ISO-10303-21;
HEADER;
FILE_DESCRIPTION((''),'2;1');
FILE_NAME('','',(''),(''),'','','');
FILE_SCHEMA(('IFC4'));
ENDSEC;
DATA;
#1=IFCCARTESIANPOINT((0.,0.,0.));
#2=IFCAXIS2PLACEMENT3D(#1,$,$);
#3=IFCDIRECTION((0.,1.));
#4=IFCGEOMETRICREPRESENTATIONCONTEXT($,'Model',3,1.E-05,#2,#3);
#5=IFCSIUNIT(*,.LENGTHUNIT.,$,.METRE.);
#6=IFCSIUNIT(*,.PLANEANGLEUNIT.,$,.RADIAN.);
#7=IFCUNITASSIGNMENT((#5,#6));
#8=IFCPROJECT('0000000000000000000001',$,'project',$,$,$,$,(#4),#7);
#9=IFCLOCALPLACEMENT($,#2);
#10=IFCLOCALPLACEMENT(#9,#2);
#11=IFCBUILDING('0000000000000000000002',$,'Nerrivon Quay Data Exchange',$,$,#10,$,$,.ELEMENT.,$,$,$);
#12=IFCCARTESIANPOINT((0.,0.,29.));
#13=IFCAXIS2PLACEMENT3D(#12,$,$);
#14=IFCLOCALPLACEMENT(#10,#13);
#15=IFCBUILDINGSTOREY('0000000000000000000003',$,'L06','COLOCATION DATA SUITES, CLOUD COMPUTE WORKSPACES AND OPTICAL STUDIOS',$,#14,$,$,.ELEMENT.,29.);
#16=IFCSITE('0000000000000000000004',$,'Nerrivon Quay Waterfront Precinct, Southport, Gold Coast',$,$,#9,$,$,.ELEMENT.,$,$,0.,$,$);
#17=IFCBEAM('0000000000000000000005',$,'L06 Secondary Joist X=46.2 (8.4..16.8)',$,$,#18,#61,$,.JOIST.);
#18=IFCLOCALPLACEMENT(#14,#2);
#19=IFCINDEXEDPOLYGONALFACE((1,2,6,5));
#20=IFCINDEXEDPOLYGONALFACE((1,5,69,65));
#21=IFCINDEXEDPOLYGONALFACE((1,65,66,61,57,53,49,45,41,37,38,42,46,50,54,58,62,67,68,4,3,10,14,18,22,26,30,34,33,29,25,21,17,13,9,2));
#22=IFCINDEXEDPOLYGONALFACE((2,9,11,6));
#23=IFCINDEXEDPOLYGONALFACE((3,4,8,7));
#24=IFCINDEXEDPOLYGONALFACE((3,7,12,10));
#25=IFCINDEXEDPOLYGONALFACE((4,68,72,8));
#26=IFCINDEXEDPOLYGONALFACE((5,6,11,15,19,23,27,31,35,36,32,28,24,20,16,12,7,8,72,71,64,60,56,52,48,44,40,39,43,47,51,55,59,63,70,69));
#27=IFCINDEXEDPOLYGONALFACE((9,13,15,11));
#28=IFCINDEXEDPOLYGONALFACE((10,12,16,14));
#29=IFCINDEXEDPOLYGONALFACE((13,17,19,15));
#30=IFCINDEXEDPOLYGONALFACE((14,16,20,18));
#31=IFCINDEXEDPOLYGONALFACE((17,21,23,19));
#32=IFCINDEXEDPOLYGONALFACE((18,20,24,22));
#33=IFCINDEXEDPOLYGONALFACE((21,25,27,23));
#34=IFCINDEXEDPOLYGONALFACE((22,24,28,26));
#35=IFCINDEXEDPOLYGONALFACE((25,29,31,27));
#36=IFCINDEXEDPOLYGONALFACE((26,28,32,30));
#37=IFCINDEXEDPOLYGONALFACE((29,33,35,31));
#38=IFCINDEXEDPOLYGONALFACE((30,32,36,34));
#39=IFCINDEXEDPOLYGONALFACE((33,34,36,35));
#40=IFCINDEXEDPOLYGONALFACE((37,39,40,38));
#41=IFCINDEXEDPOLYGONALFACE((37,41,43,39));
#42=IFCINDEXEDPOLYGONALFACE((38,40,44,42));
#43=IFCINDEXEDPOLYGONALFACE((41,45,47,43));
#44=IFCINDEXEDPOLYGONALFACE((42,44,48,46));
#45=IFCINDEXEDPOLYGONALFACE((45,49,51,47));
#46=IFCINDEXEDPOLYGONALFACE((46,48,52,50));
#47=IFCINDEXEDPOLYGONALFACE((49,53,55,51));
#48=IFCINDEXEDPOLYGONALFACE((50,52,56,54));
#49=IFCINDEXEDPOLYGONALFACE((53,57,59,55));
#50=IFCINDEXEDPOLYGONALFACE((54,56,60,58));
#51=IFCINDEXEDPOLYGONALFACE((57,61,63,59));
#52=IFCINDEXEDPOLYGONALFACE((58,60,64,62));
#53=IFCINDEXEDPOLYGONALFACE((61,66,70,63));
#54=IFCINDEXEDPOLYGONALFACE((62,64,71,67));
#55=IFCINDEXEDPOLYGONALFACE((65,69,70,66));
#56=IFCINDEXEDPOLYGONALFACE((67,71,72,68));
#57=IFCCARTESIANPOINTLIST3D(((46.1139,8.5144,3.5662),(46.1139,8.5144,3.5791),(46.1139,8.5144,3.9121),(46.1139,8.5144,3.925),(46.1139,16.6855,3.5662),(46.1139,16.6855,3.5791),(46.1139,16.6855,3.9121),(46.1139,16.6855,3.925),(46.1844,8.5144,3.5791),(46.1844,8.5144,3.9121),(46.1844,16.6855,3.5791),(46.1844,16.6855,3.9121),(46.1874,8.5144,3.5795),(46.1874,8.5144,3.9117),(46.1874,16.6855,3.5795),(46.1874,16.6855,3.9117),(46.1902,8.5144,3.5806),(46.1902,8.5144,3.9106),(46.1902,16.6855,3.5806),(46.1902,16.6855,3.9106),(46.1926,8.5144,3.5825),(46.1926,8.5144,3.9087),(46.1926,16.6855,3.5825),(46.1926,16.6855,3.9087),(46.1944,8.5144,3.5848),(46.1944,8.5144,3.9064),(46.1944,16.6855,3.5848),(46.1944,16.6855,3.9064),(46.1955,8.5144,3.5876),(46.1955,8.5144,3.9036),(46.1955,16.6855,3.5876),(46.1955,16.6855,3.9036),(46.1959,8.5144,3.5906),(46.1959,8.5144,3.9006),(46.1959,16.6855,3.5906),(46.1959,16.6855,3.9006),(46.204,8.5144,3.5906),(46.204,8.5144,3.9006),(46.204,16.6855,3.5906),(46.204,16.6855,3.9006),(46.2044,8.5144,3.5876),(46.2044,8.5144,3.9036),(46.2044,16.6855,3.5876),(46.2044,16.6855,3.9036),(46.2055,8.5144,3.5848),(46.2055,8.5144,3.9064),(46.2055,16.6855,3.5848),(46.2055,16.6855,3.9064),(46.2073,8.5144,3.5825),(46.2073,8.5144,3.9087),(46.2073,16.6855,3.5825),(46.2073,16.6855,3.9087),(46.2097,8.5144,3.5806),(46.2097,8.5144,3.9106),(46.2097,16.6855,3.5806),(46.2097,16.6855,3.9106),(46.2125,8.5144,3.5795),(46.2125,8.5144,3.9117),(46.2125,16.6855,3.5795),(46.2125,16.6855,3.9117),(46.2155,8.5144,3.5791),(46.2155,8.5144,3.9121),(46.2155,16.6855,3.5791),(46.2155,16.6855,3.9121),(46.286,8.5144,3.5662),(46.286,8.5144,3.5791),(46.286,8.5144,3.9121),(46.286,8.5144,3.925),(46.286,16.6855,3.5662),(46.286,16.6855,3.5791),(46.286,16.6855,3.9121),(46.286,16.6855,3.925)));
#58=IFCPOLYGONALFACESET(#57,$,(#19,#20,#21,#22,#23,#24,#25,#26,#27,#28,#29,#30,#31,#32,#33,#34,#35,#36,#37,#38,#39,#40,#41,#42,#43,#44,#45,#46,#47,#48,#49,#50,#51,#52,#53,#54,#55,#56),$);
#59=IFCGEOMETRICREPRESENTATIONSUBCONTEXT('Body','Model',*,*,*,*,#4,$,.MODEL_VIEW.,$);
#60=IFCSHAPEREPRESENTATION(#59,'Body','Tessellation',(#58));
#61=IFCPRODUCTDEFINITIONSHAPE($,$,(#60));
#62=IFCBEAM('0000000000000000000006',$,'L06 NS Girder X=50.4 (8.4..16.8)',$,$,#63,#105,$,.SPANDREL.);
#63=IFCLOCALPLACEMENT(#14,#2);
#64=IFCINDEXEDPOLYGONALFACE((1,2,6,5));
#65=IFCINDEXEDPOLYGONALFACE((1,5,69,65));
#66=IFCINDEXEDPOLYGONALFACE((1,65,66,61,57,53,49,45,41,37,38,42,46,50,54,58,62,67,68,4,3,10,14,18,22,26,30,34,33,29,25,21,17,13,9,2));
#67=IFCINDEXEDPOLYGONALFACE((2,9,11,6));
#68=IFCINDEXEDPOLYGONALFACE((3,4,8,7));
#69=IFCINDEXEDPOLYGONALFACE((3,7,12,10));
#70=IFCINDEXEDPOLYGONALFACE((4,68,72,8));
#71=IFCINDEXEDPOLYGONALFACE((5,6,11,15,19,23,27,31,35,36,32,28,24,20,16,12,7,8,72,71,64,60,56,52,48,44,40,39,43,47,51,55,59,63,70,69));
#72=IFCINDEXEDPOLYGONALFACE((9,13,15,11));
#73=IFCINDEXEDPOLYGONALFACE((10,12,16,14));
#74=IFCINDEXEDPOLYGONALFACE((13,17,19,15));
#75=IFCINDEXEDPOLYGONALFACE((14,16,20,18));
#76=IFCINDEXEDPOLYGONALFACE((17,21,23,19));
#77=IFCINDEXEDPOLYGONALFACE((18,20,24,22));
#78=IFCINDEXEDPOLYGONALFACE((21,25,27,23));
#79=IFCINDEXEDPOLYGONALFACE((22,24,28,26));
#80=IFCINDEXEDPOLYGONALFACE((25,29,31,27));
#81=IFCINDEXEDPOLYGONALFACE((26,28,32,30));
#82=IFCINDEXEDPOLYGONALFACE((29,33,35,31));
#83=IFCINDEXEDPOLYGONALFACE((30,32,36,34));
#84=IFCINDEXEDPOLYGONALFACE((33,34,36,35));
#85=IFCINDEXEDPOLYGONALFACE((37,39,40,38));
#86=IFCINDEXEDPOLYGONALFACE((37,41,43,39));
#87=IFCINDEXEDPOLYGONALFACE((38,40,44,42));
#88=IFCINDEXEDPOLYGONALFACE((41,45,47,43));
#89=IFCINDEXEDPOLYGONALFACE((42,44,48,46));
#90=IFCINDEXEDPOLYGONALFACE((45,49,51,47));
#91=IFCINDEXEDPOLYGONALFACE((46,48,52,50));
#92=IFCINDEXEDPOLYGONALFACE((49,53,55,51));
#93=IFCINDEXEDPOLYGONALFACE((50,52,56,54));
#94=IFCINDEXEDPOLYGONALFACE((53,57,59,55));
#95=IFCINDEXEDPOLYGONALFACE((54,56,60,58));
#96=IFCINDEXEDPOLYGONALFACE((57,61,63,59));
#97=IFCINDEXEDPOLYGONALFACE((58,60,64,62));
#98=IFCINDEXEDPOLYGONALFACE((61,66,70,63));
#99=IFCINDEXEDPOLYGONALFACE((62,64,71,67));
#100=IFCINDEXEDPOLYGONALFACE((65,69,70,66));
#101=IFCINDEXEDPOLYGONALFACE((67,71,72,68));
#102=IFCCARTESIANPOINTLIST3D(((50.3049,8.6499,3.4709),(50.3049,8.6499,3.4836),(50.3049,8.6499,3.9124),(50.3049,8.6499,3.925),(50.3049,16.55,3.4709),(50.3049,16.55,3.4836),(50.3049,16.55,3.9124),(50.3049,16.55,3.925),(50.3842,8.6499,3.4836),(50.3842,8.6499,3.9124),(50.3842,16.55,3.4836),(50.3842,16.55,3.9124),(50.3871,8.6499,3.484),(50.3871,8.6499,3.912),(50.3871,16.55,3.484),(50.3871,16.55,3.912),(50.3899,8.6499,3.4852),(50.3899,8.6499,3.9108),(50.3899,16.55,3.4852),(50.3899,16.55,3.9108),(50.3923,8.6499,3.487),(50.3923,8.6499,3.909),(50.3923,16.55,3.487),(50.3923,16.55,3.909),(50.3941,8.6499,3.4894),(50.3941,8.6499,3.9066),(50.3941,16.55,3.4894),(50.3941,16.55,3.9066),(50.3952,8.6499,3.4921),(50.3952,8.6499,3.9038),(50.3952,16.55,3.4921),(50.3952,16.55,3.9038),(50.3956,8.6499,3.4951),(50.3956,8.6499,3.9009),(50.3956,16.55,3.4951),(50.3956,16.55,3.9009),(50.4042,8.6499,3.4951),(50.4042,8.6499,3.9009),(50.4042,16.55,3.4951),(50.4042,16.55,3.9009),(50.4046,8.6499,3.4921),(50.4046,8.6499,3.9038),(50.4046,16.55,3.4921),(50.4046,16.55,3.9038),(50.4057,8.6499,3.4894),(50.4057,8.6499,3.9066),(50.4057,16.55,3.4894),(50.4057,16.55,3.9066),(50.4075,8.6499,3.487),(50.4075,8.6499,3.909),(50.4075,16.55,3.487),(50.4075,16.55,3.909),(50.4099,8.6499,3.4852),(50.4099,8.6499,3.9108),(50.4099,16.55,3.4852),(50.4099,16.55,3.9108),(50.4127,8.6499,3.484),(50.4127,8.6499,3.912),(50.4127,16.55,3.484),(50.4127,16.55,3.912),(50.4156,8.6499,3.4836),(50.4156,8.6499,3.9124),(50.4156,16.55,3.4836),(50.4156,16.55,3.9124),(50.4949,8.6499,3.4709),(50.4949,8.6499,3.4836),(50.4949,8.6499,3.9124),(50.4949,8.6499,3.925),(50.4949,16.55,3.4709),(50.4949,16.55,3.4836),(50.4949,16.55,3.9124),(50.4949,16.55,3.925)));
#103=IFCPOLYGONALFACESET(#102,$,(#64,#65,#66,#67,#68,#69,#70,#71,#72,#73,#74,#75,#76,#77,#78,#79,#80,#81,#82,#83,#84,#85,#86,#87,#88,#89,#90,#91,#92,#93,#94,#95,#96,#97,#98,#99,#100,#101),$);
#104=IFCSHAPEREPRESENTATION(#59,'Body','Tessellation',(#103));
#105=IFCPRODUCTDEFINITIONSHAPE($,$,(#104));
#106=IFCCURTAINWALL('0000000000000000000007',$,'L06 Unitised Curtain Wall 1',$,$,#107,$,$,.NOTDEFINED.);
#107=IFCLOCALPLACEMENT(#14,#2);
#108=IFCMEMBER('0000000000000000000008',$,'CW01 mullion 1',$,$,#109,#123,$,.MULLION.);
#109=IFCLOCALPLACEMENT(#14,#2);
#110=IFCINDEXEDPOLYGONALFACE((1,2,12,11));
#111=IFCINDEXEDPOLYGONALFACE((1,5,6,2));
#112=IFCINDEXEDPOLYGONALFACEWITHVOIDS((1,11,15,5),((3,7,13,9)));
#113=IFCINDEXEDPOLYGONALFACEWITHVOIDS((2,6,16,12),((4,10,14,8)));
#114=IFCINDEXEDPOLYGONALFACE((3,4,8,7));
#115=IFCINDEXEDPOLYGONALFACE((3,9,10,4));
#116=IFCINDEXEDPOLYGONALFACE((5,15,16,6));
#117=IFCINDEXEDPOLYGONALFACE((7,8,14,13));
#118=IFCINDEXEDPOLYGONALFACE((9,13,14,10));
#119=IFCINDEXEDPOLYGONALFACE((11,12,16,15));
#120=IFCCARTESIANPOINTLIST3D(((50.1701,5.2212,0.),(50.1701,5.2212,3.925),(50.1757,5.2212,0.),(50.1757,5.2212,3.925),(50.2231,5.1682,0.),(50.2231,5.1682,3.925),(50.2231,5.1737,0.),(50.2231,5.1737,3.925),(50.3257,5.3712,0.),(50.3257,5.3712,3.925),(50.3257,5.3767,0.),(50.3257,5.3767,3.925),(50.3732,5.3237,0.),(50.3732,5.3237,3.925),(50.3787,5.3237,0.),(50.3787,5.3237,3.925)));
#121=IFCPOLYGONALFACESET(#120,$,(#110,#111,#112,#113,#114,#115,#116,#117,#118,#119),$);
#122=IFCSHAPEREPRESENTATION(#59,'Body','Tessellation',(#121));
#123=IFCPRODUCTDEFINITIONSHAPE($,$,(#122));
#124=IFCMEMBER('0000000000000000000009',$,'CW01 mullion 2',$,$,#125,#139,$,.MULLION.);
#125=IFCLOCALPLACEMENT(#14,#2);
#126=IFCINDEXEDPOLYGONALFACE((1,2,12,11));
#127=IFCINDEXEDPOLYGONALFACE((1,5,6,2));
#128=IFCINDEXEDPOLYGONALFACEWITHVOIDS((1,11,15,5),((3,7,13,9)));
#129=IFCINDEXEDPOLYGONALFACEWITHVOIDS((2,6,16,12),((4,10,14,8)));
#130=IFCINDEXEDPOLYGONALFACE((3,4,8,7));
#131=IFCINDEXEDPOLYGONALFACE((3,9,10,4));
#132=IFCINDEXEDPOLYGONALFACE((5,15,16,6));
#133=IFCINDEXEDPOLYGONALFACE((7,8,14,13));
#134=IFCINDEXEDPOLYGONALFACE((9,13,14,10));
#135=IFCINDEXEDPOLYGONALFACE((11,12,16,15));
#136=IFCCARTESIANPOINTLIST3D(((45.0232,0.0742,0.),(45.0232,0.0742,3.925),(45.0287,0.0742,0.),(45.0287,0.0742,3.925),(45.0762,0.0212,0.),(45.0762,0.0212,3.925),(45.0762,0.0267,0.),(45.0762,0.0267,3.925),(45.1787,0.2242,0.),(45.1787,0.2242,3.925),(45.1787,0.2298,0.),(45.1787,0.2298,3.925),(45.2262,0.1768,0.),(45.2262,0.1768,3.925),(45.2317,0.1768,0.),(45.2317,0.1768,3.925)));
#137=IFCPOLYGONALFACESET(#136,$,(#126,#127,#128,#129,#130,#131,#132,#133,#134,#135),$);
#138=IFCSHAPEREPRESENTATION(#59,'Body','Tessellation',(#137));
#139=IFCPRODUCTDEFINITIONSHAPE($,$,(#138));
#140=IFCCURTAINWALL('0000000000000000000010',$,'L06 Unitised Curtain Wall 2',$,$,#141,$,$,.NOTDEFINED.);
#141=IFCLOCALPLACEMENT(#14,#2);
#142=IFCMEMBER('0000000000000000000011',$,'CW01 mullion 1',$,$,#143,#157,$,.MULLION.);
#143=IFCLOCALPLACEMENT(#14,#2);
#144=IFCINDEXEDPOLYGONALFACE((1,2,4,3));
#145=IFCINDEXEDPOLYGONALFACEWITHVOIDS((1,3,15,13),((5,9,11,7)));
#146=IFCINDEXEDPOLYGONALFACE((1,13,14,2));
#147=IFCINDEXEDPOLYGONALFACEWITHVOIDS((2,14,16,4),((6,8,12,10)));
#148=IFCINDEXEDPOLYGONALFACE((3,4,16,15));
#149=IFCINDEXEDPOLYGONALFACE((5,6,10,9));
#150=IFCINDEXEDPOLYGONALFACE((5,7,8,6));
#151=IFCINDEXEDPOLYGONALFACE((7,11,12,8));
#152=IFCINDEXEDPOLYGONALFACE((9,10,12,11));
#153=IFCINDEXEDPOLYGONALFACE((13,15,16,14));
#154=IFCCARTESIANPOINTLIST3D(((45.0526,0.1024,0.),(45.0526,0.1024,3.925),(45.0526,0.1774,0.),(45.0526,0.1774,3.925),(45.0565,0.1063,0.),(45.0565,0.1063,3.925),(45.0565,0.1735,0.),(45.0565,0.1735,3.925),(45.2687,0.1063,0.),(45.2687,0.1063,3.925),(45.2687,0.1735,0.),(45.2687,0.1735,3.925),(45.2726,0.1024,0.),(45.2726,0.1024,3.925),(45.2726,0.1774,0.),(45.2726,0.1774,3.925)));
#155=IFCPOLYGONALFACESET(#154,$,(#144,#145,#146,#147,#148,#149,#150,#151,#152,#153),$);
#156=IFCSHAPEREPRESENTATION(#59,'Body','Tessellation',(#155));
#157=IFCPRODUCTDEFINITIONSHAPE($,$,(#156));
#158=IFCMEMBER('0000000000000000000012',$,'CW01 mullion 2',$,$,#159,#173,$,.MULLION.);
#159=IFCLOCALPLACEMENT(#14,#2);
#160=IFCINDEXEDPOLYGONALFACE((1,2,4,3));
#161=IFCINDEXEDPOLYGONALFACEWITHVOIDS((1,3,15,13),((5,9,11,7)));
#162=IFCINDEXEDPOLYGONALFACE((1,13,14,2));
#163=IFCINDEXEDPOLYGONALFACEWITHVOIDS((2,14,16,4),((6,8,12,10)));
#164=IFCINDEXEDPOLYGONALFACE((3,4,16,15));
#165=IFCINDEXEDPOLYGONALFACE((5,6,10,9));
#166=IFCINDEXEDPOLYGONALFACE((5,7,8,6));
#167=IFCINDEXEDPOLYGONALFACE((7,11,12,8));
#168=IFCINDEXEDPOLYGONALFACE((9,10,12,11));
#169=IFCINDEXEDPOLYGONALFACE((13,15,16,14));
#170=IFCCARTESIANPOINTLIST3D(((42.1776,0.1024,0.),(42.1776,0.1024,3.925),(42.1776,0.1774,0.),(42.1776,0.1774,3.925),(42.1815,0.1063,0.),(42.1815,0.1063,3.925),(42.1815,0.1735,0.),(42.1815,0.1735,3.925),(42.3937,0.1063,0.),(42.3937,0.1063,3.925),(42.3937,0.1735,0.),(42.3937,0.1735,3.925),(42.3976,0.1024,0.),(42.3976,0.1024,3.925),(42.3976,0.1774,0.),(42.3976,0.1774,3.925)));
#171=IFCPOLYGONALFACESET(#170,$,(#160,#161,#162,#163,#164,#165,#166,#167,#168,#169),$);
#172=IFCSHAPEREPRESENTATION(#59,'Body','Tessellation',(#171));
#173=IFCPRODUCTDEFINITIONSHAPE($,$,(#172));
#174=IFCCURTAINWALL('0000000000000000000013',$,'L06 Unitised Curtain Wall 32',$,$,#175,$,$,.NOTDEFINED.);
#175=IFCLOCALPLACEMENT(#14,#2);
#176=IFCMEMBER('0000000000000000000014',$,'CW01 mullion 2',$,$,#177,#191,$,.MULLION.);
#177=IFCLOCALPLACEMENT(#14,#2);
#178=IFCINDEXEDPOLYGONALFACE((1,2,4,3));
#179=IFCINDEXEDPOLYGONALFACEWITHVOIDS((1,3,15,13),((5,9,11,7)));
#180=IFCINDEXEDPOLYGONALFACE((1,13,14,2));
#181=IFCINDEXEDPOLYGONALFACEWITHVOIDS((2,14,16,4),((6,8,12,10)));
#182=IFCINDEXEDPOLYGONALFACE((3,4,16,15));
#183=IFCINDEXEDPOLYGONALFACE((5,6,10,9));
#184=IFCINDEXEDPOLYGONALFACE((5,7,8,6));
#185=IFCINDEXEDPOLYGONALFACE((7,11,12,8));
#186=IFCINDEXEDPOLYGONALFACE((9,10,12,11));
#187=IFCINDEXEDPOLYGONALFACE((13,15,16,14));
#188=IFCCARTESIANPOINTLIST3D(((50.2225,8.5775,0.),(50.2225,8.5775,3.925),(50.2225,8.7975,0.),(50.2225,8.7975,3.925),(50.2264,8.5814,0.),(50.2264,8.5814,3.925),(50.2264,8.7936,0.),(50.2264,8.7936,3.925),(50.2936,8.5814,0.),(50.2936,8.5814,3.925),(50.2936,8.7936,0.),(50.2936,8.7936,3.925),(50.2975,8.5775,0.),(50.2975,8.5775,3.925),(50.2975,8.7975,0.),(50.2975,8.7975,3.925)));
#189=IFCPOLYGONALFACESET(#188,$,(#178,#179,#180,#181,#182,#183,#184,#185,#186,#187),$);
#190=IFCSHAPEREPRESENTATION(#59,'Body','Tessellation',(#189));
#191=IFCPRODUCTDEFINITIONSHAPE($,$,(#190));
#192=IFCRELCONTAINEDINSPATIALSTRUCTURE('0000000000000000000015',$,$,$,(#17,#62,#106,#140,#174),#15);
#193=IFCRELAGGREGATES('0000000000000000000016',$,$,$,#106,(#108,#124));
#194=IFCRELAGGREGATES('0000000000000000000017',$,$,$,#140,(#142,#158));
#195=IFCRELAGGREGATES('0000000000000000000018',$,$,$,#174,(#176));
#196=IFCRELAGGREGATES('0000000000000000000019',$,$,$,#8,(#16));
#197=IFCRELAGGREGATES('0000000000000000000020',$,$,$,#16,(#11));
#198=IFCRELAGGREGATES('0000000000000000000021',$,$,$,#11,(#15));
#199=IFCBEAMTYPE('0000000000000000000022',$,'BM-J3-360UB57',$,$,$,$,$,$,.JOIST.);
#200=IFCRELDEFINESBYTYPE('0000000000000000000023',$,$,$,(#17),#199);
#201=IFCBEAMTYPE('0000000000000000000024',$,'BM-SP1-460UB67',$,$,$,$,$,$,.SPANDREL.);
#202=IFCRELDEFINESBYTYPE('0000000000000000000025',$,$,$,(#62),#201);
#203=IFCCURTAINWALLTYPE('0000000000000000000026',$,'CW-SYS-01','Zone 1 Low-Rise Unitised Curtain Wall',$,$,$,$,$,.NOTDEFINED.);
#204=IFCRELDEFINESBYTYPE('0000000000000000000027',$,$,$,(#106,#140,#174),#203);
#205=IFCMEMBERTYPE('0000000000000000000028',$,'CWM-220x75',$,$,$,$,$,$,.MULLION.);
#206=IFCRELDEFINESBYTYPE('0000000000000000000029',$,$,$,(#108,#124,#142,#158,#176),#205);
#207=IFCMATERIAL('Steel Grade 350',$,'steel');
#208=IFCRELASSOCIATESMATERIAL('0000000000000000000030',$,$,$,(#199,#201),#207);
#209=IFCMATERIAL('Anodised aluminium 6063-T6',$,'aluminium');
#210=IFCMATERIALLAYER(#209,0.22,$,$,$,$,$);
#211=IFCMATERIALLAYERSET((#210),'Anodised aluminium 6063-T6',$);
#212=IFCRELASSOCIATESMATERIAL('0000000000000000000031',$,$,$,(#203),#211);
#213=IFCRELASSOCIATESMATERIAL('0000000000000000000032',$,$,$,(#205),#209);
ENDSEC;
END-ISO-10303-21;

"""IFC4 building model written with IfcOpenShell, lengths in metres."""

from ifc_helpers import new_model, si_unit, direction, frame, origin, origin_2d, place, context, subcontext, project, spatial, hollow_rectangle, i_section, extrude, material, layer, layer_set, material_profile, profile_set, type_object, element, aggregate, save


model = new_model("IFC4")

# Units and contexts
model_context = context("Model", 3, precision=1e-05, world=origin(), true_north=direction((0.0, 1.0)))
body_context = subcontext(model_context, "Body", "Model", "MODEL_VIEW")
ifc_project = project(units=[si_unit("LENGTHUNIT", "METRE"), si_unit("PLANEANGLEUNIT", "RADIAN")], contexts=[model_context])

# Site, building, storey
site_placement = place(None, origin())
site = spatial("IfcSite", under=ifc_project, at=site_placement, Name="Nerrivon Quay Waterfront Precinct, Southport, Gold Coast", CompositionType="ELEMENT", RefElevation=0.0)
building_placement = place(site_placement, origin())
building = spatial("IfcBuilding", under=site, at=building_placement, Name="Nerrivon Quay Data Exchange", CompositionType="ELEMENT")
storey_placement = place(building_placement, frame((0.0, 0.0, 29.0)))
storey = spatial("IfcBuildingStorey", under=building, at=storey_placement, Name="L06", Description="COLOCATION DATA SUITES, CLOUD COMPUTE WORKSPACES AND OPTICAL STUDIOS", CompositionType="ELEMENT", Elevation=29.0)

# Shared definitions
ifc_material_1 = material(Name="Steel Grade 350", Category="steel")

# Beams
ifc_material_profile_1 = material_profile(ifc_material_1, i_section(OverallWidth=0.1721, OverallDepth=0.3589, WebThickness=0.0081, FlangeThickness=0.0129, FilletRadius=0.0115, at=origin_2d()), Name="360UB56.7")
ifc_profile_set_1 = profile_set([ifc_material_profile_1], Name="Steel Grade 350")
beam_type_1 = type_object("IfcBeamType", Name="BM-J3-360UB57", PredefinedType="JOIST", material=ifc_profile_set_1)
beam_1_placement = place(storey_placement, frame((46.2, 8.5144, 3.7456), z_axis=(0.0, 1.0, 0.0), x_axis=(-1.0, 0.0, 0.0)))
element("IfcBeam", 1, at=beam_1_placement, inside=storey, type_object=beam_type_1, Name="L06 Secondary Joist X=46.2 (8.4..16.8)", PredefinedType="JOIST", context=body_context, shape_type="SweptSolid", body=[
    extrude(i_section(OverallWidth=0.1721, OverallDepth=0.3589, WebThickness=0.0081, FlangeThickness=0.0129, FilletRadius=0.0115, at=origin_2d()), origin(), (0.0, 0.0, 1.0), 8.1711),
])
ifc_material_profile_2 = material_profile(ifc_material_1, i_section(OverallWidth=0.1899, OverallDepth=0.4541, WebThickness=0.0085, FlangeThickness=0.0127, FilletRadius=0.0115, at=origin_2d()), Name="460UB67.1")
ifc_profile_set_2 = profile_set([ifc_material_profile_2], Name="Steel Grade 350")
beam_type_2 = type_object("IfcBeamType", Name="BM-SP1-460UB67", PredefinedType="SPANDREL", material=ifc_profile_set_2)
beam_2_placement = place(storey_placement, frame((50.3999, 8.6499, 3.698), z_axis=(0.0, 1.0, 0.0), x_axis=(-1.0, 0.0, 0.0)))
element("IfcBeam", 2, at=beam_2_placement, inside=storey, type_object=beam_type_2, Name="L06 NS Girder X=50.4 (8.4..16.8)", PredefinedType="SPANDREL", context=body_context, shape_type="SweptSolid", body=[
    extrude(i_section(OverallWidth=0.1899, OverallDepth=0.4541, WebThickness=0.0085, FlangeThickness=0.0127, FilletRadius=0.0115, at=origin_2d()), origin(), (0.0, 0.0, 1.0), 7.9001),
])

# Curtain walls, members
ifc_material_2 = material(Name="Anodised aluminium 6063-T6", Category="aluminium")
ifc_layer_1 = layer(ifc_material_2, 0.22)
ifc_layer_set_1 = layer_set([ifc_layer_1], Name="Anodised aluminium 6063-T6")
curtain_wall_type = type_object("IfcCurtainWallType", Name="CW-SYS-01", Description="Zone 1 Low-Rise Unitised Curtain Wall", PredefinedType="NOTDEFINED", material=ifc_layer_set_1)
curtain_wall_1_placement = place(storey_placement, origin())
curtain_wall_1 = element("IfcCurtainWall", 3, at=curtain_wall_1_placement, inside=storey, type_object=curtain_wall_type, Name="L06 Unitised Curtain Wall 1", PredefinedType="NOTDEFINED")
ifc_material_profile_3 = material_profile(ifc_material_2, hollow_rectangle(XDim=0.075, YDim=0.22, WallThickness=0.0039, at=origin_2d()), Name="ALU-MULL-220x75")
ifc_profile_set_3 = profile_set([ifc_material_profile_3], Name="Anodised aluminium 6063-T6")
member_type_1 = type_object("IfcMemberType", Name="CWM-220x75", PredefinedType="MULLION", material=ifc_profile_set_3)
member_1_placement = place(storey_placement, frame((50.2744, 5.2725, 0.0), z_axis=(0.0, 0.0, 1.0), x_axis=(0.707107, -0.707107, 0.0)))
member_1 = element("IfcMember", 4, at=member_1_placement, type_object=member_type_1, Name="CW01 mullion 1", PredefinedType="MULLION", context=body_context, shape_type="SweptSolid", body=[
    extrude(hollow_rectangle(XDim=0.075, YDim=0.22, WallThickness=0.0039, at=origin_2d()), origin(), (0.0, 0.0, 1.0), 3.925),
])
member_2_placement = place(storey_placement, frame((45.1274, 0.1255, 0.0), z_axis=(0.0, 0.0, 1.0), x_axis=(0.707107, -0.707107, 0.0)))
member_2 = element("IfcMember", 5, at=member_2_placement, type_object=member_type_1, Name="CW01 mullion 2", PredefinedType="MULLION", context=body_context, shape_type="SweptSolid", body=[
    extrude(hollow_rectangle(XDim=0.075, YDim=0.22, WallThickness=0.0039, at=origin_2d()), origin(), (0.0, 0.0, 1.0), 3.925),
])
curtain_wall_2_placement = place(storey_placement, origin())
curtain_wall_2 = element("IfcCurtainWall", 6, at=curtain_wall_2_placement, inside=storey, type_object=curtain_wall_type, Name="L06 Unitised Curtain Wall 2", PredefinedType="NOTDEFINED")
member_3_placement = place(storey_placement, frame((45.1626, 0.1399, 0.0), z_axis=(0.0, 0.0, 1.0), x_axis=(0.0, -1.0, 0.0)))
member_3 = element("IfcMember", 7, at=member_3_placement, type_object=member_type_1, Name="CW01 mullion 1", PredefinedType="MULLION", context=body_context, shape_type="SweptSolid", body=[
    extrude(hollow_rectangle(XDim=0.075, YDim=0.22, WallThickness=0.0039, at=origin_2d()), origin(), (0.0, 0.0, 1.0), 3.925),
])
member_4_placement = place(storey_placement, frame((42.2876, 0.1399, 0.0), z_axis=(0.0, 0.0, 1.0), x_axis=(0.0, -1.0, 0.0)))
member_4 = element("IfcMember", 8, at=member_4_placement, type_object=member_type_1, Name="CW01 mullion 2", PredefinedType="MULLION", context=body_context, shape_type="SweptSolid", body=[
    extrude(hollow_rectangle(XDim=0.075, YDim=0.22, WallThickness=0.0039, at=origin_2d()), origin(), (0.0, 0.0, 1.0), 3.925),
])

# Curtain wall, member
curtain_wall_3_placement = place(storey_placement, origin())
curtain_wall_3 = element("IfcCurtainWall", 9, at=curtain_wall_3_placement, inside=storey, type_object=curtain_wall_type, Name="L06 Unitised Curtain Wall 32", PredefinedType="NOTDEFINED")
member_5_placement = place(storey_placement, frame((50.26, 8.6875, 0.0), z_axis=(0.0, 0.0, 1.0), x_axis=(1.0, 0.0, 0.0)))
member_5 = element("IfcMember", 10, at=member_5_placement, type_object=member_type_1, Name="CW01 mullion 2", PredefinedType="MULLION", context=body_context, shape_type="SweptSolid", body=[
    extrude(hollow_rectangle(XDim=0.075, YDim=0.22, WallThickness=0.0039, at=origin_2d()), origin(), (0.0, 0.0, 1.0), 3.925),
])

aggregate(curtain_wall_1, [member_1, member_2])
aggregate(curtain_wall_2, [member_3, member_4])
aggregate(curtain_wall_3, [member_5])

save(model, "model.ifc")
